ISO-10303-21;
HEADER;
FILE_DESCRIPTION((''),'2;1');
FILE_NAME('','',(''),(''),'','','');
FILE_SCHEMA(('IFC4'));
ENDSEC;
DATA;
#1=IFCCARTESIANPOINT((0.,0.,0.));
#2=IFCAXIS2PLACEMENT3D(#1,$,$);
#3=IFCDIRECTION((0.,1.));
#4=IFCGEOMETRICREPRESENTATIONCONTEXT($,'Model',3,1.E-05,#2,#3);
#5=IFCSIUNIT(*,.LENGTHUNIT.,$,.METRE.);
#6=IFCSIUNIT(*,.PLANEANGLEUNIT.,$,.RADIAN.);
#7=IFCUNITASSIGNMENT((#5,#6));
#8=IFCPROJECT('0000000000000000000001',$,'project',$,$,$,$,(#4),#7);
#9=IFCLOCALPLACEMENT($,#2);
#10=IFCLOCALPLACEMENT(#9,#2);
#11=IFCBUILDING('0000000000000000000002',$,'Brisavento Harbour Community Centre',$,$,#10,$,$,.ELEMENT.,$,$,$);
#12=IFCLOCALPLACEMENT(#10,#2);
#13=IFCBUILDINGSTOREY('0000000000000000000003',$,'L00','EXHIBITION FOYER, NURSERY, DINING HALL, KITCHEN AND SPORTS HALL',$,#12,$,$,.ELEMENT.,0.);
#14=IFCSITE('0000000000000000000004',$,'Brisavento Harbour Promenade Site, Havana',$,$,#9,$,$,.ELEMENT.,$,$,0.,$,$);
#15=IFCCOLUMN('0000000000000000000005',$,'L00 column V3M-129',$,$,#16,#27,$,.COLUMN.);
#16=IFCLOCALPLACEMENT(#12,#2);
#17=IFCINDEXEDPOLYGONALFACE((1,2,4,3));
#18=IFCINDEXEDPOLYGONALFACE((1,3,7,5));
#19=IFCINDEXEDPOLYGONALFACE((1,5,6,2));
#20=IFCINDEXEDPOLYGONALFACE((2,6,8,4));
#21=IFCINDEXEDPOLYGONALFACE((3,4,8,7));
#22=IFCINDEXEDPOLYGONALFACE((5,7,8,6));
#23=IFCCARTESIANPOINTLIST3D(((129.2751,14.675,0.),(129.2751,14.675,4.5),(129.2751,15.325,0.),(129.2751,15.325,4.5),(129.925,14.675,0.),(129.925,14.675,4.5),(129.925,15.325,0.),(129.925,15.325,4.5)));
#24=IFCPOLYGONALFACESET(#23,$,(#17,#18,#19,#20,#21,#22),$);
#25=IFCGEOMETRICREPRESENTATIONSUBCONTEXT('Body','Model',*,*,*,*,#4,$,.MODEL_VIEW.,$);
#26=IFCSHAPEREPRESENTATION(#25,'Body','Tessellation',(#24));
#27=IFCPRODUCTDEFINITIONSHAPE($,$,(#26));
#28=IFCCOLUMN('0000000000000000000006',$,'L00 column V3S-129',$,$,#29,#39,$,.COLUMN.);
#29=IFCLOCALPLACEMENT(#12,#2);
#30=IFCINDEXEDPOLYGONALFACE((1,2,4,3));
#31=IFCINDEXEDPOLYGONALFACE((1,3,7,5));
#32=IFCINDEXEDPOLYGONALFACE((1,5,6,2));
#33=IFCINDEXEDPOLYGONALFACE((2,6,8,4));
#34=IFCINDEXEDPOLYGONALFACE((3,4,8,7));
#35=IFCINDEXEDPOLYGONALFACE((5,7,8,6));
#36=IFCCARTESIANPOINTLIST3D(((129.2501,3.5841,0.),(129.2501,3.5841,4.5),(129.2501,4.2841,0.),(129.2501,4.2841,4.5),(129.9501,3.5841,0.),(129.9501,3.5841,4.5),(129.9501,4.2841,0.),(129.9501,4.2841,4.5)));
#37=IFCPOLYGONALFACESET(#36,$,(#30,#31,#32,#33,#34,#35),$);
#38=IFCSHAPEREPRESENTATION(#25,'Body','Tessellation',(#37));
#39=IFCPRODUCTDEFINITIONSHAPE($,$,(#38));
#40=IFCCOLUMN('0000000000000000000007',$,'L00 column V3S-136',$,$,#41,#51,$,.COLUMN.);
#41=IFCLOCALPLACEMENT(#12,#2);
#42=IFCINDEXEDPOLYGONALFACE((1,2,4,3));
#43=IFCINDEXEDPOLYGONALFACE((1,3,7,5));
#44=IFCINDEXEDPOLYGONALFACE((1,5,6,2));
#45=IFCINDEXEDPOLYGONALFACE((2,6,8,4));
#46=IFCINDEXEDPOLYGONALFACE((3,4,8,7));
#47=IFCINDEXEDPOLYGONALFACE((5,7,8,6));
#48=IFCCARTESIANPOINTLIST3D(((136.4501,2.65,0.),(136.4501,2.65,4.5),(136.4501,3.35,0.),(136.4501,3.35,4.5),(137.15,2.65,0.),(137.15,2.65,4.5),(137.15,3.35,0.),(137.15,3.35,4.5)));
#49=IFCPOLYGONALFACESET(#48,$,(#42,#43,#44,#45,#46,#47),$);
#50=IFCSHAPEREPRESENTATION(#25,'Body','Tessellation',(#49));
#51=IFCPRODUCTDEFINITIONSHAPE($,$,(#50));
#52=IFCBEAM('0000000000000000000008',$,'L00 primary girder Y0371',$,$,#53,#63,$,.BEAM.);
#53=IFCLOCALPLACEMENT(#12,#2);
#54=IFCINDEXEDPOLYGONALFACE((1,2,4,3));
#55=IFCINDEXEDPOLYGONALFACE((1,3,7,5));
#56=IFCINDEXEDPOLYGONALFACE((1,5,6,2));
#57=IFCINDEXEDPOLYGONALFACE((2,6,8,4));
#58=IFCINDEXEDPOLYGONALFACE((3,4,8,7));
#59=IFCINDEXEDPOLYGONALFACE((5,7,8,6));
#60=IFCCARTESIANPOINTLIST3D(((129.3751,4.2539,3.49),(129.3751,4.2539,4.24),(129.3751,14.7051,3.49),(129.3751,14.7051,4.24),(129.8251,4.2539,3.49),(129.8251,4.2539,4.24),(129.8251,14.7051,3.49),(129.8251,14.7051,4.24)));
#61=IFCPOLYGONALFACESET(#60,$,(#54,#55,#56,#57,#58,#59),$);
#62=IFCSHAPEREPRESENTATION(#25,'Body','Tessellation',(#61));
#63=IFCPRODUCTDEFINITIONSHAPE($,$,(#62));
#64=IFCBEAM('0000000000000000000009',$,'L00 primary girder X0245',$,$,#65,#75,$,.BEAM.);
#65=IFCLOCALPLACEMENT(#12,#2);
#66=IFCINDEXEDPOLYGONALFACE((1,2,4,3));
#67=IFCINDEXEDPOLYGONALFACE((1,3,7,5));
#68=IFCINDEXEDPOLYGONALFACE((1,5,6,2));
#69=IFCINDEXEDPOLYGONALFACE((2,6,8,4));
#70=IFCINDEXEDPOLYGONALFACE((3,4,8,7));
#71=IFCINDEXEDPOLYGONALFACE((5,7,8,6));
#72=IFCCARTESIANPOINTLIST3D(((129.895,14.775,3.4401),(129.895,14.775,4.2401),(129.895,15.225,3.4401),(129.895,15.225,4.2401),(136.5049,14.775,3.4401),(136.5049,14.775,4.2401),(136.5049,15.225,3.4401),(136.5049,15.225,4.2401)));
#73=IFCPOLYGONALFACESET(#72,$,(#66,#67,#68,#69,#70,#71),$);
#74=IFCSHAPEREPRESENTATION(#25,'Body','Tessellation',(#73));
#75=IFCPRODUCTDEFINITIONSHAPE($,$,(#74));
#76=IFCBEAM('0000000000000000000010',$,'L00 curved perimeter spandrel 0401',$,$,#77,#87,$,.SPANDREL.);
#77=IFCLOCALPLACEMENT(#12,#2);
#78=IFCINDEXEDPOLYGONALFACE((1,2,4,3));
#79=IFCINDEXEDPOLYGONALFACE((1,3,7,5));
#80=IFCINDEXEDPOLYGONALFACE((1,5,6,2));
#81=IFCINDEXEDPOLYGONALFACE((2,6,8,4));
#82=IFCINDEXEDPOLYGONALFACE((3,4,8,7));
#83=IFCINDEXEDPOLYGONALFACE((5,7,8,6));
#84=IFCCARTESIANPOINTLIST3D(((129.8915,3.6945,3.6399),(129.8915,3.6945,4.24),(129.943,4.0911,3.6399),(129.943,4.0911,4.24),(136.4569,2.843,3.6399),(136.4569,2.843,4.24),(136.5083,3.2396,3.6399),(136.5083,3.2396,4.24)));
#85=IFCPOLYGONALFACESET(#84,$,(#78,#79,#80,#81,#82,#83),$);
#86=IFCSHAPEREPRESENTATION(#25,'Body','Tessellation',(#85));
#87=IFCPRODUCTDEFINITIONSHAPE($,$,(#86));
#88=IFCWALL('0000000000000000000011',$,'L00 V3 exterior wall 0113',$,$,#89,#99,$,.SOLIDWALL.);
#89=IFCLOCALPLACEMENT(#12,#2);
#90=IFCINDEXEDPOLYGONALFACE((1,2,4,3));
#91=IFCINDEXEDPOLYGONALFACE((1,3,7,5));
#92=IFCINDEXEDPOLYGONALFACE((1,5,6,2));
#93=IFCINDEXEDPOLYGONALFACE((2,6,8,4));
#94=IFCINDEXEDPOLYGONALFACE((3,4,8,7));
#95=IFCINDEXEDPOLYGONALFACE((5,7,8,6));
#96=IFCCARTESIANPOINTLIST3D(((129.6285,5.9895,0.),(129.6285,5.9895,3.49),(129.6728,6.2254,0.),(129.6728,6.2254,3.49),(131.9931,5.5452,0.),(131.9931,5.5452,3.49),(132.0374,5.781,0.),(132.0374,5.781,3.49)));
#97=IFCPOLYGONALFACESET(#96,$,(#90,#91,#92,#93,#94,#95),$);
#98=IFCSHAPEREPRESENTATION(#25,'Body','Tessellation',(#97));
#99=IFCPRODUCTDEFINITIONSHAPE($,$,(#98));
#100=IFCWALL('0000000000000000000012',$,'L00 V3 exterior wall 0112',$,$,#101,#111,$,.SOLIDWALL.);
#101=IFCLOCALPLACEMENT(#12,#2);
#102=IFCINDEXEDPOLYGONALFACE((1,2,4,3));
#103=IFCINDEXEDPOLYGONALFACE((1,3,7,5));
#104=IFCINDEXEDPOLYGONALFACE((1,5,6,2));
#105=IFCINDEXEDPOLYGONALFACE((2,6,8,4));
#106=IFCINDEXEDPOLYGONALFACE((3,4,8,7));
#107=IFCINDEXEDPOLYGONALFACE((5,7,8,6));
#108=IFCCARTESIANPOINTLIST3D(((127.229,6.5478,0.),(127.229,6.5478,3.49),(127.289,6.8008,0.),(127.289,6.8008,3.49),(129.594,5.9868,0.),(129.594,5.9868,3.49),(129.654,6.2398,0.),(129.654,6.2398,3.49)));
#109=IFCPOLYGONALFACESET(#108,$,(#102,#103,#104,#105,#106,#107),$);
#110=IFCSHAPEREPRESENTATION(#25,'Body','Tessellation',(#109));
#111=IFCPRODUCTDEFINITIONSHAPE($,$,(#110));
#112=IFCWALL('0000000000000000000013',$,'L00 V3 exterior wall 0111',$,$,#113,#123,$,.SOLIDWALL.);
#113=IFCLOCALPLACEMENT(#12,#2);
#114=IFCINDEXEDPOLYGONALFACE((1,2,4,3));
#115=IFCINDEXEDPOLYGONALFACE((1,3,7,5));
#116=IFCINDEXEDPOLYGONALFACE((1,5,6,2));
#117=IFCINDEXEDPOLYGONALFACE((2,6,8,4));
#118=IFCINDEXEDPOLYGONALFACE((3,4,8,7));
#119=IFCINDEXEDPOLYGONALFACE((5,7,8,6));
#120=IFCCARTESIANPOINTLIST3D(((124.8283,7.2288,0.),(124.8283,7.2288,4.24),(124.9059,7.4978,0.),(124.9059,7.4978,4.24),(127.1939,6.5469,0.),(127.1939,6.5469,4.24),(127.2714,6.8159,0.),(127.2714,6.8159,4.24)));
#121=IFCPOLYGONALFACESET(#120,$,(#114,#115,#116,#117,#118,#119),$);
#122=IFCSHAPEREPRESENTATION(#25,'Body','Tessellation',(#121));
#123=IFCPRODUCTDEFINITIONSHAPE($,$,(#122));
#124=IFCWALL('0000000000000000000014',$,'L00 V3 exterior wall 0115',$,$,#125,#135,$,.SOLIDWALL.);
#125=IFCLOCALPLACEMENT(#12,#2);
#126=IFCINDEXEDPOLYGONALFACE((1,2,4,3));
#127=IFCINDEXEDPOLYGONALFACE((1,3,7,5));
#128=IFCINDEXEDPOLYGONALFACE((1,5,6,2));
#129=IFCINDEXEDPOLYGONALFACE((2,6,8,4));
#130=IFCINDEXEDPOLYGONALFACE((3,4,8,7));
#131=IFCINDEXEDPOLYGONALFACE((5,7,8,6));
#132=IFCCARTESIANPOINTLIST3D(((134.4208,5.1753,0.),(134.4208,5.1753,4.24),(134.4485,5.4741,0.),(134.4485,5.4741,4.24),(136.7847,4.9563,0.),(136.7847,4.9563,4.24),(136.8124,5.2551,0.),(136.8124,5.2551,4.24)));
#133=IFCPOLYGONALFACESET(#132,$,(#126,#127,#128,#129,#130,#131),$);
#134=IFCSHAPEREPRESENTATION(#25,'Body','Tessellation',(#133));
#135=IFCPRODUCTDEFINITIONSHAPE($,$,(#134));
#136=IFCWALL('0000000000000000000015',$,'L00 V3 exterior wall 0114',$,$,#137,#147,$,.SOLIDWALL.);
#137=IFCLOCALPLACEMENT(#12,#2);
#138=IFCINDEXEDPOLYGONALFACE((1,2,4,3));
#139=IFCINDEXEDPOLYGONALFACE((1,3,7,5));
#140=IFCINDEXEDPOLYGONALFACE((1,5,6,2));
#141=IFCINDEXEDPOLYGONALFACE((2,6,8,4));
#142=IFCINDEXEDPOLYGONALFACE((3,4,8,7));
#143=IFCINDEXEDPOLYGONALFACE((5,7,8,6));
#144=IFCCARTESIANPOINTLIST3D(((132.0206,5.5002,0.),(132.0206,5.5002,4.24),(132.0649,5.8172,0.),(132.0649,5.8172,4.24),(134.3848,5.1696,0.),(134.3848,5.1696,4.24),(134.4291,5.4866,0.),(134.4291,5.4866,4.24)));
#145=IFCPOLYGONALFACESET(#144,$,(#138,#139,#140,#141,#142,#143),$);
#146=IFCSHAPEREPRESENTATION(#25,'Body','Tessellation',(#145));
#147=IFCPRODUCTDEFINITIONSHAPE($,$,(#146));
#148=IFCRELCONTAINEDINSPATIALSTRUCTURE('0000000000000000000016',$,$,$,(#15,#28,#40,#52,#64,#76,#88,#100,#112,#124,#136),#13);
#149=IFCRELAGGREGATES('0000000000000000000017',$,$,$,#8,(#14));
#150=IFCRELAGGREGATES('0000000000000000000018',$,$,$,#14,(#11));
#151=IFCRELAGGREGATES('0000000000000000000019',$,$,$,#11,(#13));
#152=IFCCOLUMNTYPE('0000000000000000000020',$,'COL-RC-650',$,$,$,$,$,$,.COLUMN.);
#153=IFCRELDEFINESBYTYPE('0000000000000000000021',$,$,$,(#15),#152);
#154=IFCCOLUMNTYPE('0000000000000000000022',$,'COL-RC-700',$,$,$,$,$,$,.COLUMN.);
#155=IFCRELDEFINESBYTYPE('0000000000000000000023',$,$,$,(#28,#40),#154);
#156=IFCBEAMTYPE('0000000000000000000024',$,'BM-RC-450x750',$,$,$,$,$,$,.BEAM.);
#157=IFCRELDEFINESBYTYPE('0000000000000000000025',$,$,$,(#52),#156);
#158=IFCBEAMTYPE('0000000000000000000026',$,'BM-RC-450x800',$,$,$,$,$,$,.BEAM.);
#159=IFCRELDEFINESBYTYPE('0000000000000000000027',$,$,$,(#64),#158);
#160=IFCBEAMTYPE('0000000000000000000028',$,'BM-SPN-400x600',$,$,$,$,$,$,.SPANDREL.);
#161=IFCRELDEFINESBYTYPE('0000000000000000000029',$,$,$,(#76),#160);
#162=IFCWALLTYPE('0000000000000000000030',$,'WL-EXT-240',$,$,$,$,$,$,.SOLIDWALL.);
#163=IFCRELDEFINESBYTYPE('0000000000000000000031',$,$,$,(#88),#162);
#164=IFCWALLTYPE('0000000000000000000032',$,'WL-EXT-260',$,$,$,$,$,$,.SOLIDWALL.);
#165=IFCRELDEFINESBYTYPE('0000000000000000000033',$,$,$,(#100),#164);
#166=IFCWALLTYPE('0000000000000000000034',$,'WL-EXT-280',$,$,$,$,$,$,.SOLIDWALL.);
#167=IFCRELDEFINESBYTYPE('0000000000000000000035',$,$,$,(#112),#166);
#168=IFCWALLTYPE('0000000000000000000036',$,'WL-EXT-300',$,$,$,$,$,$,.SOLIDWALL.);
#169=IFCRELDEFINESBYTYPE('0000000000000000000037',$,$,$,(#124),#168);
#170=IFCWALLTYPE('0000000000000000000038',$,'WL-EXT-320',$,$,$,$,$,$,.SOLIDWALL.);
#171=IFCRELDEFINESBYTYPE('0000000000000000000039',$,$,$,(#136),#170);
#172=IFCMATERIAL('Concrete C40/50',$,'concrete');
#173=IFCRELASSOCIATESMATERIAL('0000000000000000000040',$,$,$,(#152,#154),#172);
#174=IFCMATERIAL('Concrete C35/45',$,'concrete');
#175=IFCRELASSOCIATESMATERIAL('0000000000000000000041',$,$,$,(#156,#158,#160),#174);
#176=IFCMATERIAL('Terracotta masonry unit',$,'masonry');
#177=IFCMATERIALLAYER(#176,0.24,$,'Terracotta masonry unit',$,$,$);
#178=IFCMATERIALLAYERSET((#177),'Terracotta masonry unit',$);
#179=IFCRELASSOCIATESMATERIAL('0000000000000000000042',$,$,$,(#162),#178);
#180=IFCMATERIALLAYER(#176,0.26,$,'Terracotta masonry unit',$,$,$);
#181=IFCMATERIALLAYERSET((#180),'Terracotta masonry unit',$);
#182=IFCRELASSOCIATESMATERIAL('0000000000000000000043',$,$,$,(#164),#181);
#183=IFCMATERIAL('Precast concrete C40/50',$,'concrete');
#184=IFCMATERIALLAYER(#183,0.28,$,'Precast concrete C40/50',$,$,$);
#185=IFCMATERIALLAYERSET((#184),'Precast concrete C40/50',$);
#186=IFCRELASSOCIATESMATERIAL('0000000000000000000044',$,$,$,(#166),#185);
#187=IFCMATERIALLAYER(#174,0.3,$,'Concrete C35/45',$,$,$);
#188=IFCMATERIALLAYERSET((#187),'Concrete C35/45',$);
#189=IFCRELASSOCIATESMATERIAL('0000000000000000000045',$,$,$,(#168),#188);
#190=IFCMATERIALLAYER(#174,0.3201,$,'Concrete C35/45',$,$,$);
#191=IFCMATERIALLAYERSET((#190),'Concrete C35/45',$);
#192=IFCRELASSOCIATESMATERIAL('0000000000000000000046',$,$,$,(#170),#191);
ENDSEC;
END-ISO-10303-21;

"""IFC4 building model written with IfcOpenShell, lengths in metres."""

from ifc_helpers import new_model, si_unit, direction, frame, frame_2d, origin, origin_2d, place, context, subcontext, project, spatial, rectangle, extrude, material, layer, layer_set, material_profile, profile_set, type_object, element, save


model = new_model("IFC4")

# Units and contexts
model_context = context("Model", 3, precision=1e-05, world=origin(), true_north=direction((0.0, 1.0)))
body_context = subcontext(model_context, "Body", "Model", "MODEL_VIEW")
ifc_project = project(units=[si_unit("LENGTHUNIT", "METRE"), si_unit("PLANEANGLEUNIT", "RADIAN")], contexts=[model_context])

# Site, building, storey
site_placement = place(None, origin())
site = spatial("IfcSite", under=ifc_project, at=site_placement, Name="Brisavento Harbour Promenade Site, Havana", CompositionType="ELEMENT", RefElevation=0.0)
building_placement = place(site_placement, origin())
building = spatial("IfcBuilding", under=site, at=building_placement, Name="Brisavento Harbour Community Centre", CompositionType="ELEMENT")
storey_placement = place(building_placement, origin())
storey = spatial("IfcBuildingStorey", under=building, at=storey_placement, Name="L00", Description="EXHIBITION FOYER, NURSERY, DINING HALL, KITCHEN AND SPORTS HALL", CompositionType="ELEMENT", Elevation=0.0)

# Columns
ifc_material_1 = material(Name="Concrete C40/50", Category="concrete")
ifc_material_profile_1 = material_profile(ifc_material_1, rectangle(XDim=0.6499, YDim=0.6499, at=origin_2d()), Name="Concrete C40/50")
ifc_profile_set_1 = profile_set([ifc_material_profile_1], Name="Concrete C40/50")
column_type_1 = type_object("IfcColumnType", Name="COL-RC-650", PredefinedType="COLUMN", material=ifc_profile_set_1)
column_placement = place(storey_placement, frame((129.6001, 15.0, 0.0), z_axis=(0.0, 0.0, 1.0), x_axis=(1.0, 0.0, 0.0)))
element("IfcColumn", 1, at=column_placement, inside=storey, type_object=column_type_1, Name="L00 column V3M-129", PredefinedType="COLUMN", context=body_context, shape_type="SweptSolid", body=[
    extrude(rectangle(XDim=0.6499, YDim=0.6499, at=origin_2d()), origin(), (0.0, 0.0, 1.0), 4.5),
])
ifc_material_profile_2 = material_profile(ifc_material_1, rectangle(XDim=0.7, YDim=0.7, at=origin_2d()), Name="Concrete C40/50")
ifc_profile_set_2 = profile_set([ifc_material_profile_2], Name="Concrete C40/50")
column_type_2 = type_object("IfcColumnType", Name="COL-RC-700", PredefinedType="COLUMN", material=ifc_profile_set_2)
for number, where, z_axis, x_axis, name in (
    (2, (129.6001, 3.9341, 0.0), (0.0, 0.0, 1.0), (1.0, 0.0, 0.0), "L00 column V3S-129"),
    (3, (136.8, 3.0, 0.0), (0.0, 0.0, 1.0), (1.0, 0.0, 0.0), "L00 column V3S-136"),
):
    element("IfcColumn", number, at=place(storey_placement, frame(where, z_axis=z_axis, x_axis=x_axis)), inside=storey, type_object=column_type_2, Name=name, PredefinedType="COLUMN", context=body_context, shape_type="SweptSolid", body=[
        extrude(rectangle(XDim=0.7, YDim=0.7, at=origin_2d()), origin(), (0.0, 0.0, 1.0), 4.5),
    ])

# Beams
ifc_material_2 = material(Name="Concrete C35/45", Category="concrete")
ifc_material_profile_3 = material_profile(ifc_material_2, rectangle(XDim=0.45, YDim=0.75, at=origin_2d()), Name="Concrete C35/45")
ifc_profile_set_3 = profile_set([ifc_material_profile_3], Name="Concrete C35/45")
beam_type_1 = type_object("IfcBeamType", Name="BM-RC-450x750", PredefinedType="BEAM", material=ifc_profile_set_3)
beam_1_placement = place(storey_placement, frame((129.6001, 4.2539, 3.865), z_axis=(0.0, 1.0, 0.0), x_axis=(-1.0, 0.0, 0.0)))
element("IfcBeam", 4, at=beam_1_placement, inside=storey, type_object=beam_type_1, Name="L00 primary girder Y0371", PredefinedType="BEAM", context=body_context, shape_type="SweptSolid", body=[
    extrude(rectangle(XDim=0.45, YDim=0.75, at=origin_2d()), origin(), (0.0, 0.0, 1.0), 10.4512),
])
ifc_material_profile_4 = material_profile(ifc_material_2, rectangle(XDim=0.45, YDim=0.8, at=origin_2d()), Name="Concrete C35/45")
ifc_profile_set_4 = profile_set([ifc_material_profile_4], Name="Concrete C35/45")
beam_type_2 = type_object("IfcBeamType", Name="BM-RC-450x800", PredefinedType="BEAM", material=ifc_profile_set_4)
beam_2_placement = place(storey_placement, frame((129.895, 15.0, 3.8401), z_axis=(1.0, 0.0, 0.0), x_axis=(0.0, 1.0, 0.0)))
element("IfcBeam", 5, at=beam_2_placement, inside=storey, type_object=beam_type_2, Name="L00 primary girder X0245", PredefinedType="BEAM", context=body_context, shape_type="SweptSolid", body=[
    extrude(rectangle(XDim=0.45, YDim=0.8, at=origin_2d()), origin(), (0.0, 0.0, 1.0), 6.6099),
])
ifc_material_profile_5 = material_profile(ifc_material_2, rectangle(XDim=0.3999, YDim=0.6001, at=origin_2d()), Name="Concrete C35/45")
ifc_profile_set_5 = profile_set([ifc_material_profile_5], Name="Concrete C35/45")
beam_type_3 = type_object("IfcBeamType", Name="BM-SPN-400x600", PredefinedType="SPANDREL", material=ifc_profile_set_5)
beam_3_placement = place(storey_placement, frame((129.9172, 3.8928, 3.9399), z_axis=(0.991693, -0.128627, 0.0), x_axis=(0.128627, 0.991693, 0.0)))
element("IfcBeam", 6, at=beam_3_placement, inside=storey, type_object=beam_type_3, Name="L00 curved perimeter spandrel 0401", PredefinedType="SPANDREL", context=body_context, shape_type="SweptSolid", body=[
    extrude(rectangle(XDim=0.3999, YDim=0.6001, at=origin_2d()), origin(), (0.0, 0.0, 1.0), 6.6204),
])

# Walls
ifc_material_3 = material(Name="Terracotta masonry unit", Category="masonry")
ifc_layer_1 = layer(ifc_material_3, 0.24, Name="Terracotta masonry unit")
ifc_layer_set_1 = layer_set([ifc_layer_1], Name="Terracotta masonry unit")
wall_type_1 = type_object("IfcWallType", Name="WL-EXT-240", PredefinedType="SOLIDWALL", material=ifc_layer_set_1)
wall_1_placement = place(storey_placement, frame((132.0154, 5.6631, 0.0), z_axis=(0.0, 0.0, 1.0), x_axis=(-0.982797, 0.184687, 0.0)))
element("IfcWall", 7, at=wall_1_placement, inside=storey, type_object=wall_type_1, Name="L00 V3 exterior wall 0113", PredefinedType="SOLIDWALL", context=body_context, shape_type="SweptSolid", body=[
    extrude(rectangle(XDim=2.406, YDim=0.24, at=frame_2d((1.2031, 0.0))), origin(), (0.0, 0.0, 1.0), 3.49),
])
ifc_layer_2 = layer(ifc_material_3, 0.26, Name="Terracotta masonry unit")
ifc_layer_set_2 = layer_set([ifc_layer_2], Name="Terracotta masonry unit")
wall_type_2 = type_object("IfcWallType", Name="WL-EXT-260", PredefinedType="SOLIDWALL", material=ifc_layer_set_2)
wall_2_placement = place(storey_placement, frame((129.624, 6.1133, 0.0), z_axis=(0.0, 0.0, 1.0), x_axis=(-0.972997, 0.230819, 0.0)))
element("IfcWall", 8, at=wall_2_placement, inside=storey, type_object=wall_type_2, Name="L00 V3 exterior wall 0112", PredefinedType="SOLIDWALL", context=body_context, shape_type="SweptSolid", body=[
    extrude(rectangle(XDim=2.4307, YDim=0.26, at=frame_2d((1.2153, 0.0))), origin(), (0.0, 0.0, 1.0), 3.49),
])
ifc_material_4 = material(Name="Precast concrete C40/50", Category="concrete")
ifc_layer_3 = layer(ifc_material_4, 0.28, Name="Precast concrete C40/50")
ifc_layer_set_3 = layer_set([ifc_layer_3], Name="Precast concrete C40/50")
wall_type_3 = type_object("IfcWallType", Name="WL-EXT-280", PredefinedType="SOLIDWALL", material=ifc_layer_set_3)
wall_3_placement = place(storey_placement, frame((127.2327, 6.6814, 0.0), z_axis=(0.0, 0.0, 1.0), x_axis=(-0.960874, 0.276986, 0.0)))
element("IfcWall", 9, at=wall_3_placement, inside=storey, type_object=wall_type_3, Name="L00 V3 exterior wall 0111", PredefinedType="SOLIDWALL", context=body_context, shape_type="SweptSolid", body=[
    extrude(rectangle(XDim=2.4619, YDim=0.28, at=frame_2d((1.231, 0.0))), origin(), (0.0, 0.0, 1.0), 4.24),
])
ifc_layer_4 = layer(ifc_material_2, 0.3, Name="Concrete C35/45")
ifc_layer_set_4 = layer_set([ifc_layer_4], Name="Concrete C35/45")
wall_type_4 = type_object("IfcWallType", Name="WL-EXT-300", PredefinedType="SOLIDWALL", material=ifc_layer_set_4)
wall_4_placement = place(storey_placement, frame((136.7986, 5.1057, 0.0), z_axis=(0.0, 0.0, 1.0), x_axis=(-0.995737, 0.092242, 0.0)))
element("IfcWall", 10, at=wall_4_placement, inside=storey, type_object=wall_type_4, Name="L00 V3 exterior wall 0115", PredefinedType="SOLIDWALL", context=body_context, shape_type="SweptSolid", body=[
    extrude(rectangle(XDim=2.374, YDim=0.3, at=frame_2d((1.187, 0.0))), origin(), (0.0, 0.0, 1.0), 4.24),
])
ifc_layer_5 = layer(ifc_material_2, 0.3201, Name="Concrete C35/45")
ifc_layer_set_5 = layer_set([ifc_layer_5], Name="Concrete C35/45")
wall_type_5 = type_object("IfcWallType", Name="WL-EXT-320", PredefinedType="SOLIDWALL", material=ifc_layer_set_5)
wall_5_placement = place(storey_placement, frame((134.407, 5.3281, 0.0), z_axis=(0.0, 0.0, 1.0), x_axis=(-0.990366, 0.138471, 0.0)))
element("IfcWall", 11, at=wall_5_placement, inside=storey, type_object=wall_type_5, Name="L00 V3 exterior wall 0114", PredefinedType="SOLIDWALL", context=body_context, shape_type="SweptSolid", body=[
    extrude(rectangle(XDim=2.3872, YDim=0.3201, at=frame_2d((1.1936, 0.0))), origin(), (0.0, 0.0, 1.0), 4.24),
])

save(model, "model.ifc")
